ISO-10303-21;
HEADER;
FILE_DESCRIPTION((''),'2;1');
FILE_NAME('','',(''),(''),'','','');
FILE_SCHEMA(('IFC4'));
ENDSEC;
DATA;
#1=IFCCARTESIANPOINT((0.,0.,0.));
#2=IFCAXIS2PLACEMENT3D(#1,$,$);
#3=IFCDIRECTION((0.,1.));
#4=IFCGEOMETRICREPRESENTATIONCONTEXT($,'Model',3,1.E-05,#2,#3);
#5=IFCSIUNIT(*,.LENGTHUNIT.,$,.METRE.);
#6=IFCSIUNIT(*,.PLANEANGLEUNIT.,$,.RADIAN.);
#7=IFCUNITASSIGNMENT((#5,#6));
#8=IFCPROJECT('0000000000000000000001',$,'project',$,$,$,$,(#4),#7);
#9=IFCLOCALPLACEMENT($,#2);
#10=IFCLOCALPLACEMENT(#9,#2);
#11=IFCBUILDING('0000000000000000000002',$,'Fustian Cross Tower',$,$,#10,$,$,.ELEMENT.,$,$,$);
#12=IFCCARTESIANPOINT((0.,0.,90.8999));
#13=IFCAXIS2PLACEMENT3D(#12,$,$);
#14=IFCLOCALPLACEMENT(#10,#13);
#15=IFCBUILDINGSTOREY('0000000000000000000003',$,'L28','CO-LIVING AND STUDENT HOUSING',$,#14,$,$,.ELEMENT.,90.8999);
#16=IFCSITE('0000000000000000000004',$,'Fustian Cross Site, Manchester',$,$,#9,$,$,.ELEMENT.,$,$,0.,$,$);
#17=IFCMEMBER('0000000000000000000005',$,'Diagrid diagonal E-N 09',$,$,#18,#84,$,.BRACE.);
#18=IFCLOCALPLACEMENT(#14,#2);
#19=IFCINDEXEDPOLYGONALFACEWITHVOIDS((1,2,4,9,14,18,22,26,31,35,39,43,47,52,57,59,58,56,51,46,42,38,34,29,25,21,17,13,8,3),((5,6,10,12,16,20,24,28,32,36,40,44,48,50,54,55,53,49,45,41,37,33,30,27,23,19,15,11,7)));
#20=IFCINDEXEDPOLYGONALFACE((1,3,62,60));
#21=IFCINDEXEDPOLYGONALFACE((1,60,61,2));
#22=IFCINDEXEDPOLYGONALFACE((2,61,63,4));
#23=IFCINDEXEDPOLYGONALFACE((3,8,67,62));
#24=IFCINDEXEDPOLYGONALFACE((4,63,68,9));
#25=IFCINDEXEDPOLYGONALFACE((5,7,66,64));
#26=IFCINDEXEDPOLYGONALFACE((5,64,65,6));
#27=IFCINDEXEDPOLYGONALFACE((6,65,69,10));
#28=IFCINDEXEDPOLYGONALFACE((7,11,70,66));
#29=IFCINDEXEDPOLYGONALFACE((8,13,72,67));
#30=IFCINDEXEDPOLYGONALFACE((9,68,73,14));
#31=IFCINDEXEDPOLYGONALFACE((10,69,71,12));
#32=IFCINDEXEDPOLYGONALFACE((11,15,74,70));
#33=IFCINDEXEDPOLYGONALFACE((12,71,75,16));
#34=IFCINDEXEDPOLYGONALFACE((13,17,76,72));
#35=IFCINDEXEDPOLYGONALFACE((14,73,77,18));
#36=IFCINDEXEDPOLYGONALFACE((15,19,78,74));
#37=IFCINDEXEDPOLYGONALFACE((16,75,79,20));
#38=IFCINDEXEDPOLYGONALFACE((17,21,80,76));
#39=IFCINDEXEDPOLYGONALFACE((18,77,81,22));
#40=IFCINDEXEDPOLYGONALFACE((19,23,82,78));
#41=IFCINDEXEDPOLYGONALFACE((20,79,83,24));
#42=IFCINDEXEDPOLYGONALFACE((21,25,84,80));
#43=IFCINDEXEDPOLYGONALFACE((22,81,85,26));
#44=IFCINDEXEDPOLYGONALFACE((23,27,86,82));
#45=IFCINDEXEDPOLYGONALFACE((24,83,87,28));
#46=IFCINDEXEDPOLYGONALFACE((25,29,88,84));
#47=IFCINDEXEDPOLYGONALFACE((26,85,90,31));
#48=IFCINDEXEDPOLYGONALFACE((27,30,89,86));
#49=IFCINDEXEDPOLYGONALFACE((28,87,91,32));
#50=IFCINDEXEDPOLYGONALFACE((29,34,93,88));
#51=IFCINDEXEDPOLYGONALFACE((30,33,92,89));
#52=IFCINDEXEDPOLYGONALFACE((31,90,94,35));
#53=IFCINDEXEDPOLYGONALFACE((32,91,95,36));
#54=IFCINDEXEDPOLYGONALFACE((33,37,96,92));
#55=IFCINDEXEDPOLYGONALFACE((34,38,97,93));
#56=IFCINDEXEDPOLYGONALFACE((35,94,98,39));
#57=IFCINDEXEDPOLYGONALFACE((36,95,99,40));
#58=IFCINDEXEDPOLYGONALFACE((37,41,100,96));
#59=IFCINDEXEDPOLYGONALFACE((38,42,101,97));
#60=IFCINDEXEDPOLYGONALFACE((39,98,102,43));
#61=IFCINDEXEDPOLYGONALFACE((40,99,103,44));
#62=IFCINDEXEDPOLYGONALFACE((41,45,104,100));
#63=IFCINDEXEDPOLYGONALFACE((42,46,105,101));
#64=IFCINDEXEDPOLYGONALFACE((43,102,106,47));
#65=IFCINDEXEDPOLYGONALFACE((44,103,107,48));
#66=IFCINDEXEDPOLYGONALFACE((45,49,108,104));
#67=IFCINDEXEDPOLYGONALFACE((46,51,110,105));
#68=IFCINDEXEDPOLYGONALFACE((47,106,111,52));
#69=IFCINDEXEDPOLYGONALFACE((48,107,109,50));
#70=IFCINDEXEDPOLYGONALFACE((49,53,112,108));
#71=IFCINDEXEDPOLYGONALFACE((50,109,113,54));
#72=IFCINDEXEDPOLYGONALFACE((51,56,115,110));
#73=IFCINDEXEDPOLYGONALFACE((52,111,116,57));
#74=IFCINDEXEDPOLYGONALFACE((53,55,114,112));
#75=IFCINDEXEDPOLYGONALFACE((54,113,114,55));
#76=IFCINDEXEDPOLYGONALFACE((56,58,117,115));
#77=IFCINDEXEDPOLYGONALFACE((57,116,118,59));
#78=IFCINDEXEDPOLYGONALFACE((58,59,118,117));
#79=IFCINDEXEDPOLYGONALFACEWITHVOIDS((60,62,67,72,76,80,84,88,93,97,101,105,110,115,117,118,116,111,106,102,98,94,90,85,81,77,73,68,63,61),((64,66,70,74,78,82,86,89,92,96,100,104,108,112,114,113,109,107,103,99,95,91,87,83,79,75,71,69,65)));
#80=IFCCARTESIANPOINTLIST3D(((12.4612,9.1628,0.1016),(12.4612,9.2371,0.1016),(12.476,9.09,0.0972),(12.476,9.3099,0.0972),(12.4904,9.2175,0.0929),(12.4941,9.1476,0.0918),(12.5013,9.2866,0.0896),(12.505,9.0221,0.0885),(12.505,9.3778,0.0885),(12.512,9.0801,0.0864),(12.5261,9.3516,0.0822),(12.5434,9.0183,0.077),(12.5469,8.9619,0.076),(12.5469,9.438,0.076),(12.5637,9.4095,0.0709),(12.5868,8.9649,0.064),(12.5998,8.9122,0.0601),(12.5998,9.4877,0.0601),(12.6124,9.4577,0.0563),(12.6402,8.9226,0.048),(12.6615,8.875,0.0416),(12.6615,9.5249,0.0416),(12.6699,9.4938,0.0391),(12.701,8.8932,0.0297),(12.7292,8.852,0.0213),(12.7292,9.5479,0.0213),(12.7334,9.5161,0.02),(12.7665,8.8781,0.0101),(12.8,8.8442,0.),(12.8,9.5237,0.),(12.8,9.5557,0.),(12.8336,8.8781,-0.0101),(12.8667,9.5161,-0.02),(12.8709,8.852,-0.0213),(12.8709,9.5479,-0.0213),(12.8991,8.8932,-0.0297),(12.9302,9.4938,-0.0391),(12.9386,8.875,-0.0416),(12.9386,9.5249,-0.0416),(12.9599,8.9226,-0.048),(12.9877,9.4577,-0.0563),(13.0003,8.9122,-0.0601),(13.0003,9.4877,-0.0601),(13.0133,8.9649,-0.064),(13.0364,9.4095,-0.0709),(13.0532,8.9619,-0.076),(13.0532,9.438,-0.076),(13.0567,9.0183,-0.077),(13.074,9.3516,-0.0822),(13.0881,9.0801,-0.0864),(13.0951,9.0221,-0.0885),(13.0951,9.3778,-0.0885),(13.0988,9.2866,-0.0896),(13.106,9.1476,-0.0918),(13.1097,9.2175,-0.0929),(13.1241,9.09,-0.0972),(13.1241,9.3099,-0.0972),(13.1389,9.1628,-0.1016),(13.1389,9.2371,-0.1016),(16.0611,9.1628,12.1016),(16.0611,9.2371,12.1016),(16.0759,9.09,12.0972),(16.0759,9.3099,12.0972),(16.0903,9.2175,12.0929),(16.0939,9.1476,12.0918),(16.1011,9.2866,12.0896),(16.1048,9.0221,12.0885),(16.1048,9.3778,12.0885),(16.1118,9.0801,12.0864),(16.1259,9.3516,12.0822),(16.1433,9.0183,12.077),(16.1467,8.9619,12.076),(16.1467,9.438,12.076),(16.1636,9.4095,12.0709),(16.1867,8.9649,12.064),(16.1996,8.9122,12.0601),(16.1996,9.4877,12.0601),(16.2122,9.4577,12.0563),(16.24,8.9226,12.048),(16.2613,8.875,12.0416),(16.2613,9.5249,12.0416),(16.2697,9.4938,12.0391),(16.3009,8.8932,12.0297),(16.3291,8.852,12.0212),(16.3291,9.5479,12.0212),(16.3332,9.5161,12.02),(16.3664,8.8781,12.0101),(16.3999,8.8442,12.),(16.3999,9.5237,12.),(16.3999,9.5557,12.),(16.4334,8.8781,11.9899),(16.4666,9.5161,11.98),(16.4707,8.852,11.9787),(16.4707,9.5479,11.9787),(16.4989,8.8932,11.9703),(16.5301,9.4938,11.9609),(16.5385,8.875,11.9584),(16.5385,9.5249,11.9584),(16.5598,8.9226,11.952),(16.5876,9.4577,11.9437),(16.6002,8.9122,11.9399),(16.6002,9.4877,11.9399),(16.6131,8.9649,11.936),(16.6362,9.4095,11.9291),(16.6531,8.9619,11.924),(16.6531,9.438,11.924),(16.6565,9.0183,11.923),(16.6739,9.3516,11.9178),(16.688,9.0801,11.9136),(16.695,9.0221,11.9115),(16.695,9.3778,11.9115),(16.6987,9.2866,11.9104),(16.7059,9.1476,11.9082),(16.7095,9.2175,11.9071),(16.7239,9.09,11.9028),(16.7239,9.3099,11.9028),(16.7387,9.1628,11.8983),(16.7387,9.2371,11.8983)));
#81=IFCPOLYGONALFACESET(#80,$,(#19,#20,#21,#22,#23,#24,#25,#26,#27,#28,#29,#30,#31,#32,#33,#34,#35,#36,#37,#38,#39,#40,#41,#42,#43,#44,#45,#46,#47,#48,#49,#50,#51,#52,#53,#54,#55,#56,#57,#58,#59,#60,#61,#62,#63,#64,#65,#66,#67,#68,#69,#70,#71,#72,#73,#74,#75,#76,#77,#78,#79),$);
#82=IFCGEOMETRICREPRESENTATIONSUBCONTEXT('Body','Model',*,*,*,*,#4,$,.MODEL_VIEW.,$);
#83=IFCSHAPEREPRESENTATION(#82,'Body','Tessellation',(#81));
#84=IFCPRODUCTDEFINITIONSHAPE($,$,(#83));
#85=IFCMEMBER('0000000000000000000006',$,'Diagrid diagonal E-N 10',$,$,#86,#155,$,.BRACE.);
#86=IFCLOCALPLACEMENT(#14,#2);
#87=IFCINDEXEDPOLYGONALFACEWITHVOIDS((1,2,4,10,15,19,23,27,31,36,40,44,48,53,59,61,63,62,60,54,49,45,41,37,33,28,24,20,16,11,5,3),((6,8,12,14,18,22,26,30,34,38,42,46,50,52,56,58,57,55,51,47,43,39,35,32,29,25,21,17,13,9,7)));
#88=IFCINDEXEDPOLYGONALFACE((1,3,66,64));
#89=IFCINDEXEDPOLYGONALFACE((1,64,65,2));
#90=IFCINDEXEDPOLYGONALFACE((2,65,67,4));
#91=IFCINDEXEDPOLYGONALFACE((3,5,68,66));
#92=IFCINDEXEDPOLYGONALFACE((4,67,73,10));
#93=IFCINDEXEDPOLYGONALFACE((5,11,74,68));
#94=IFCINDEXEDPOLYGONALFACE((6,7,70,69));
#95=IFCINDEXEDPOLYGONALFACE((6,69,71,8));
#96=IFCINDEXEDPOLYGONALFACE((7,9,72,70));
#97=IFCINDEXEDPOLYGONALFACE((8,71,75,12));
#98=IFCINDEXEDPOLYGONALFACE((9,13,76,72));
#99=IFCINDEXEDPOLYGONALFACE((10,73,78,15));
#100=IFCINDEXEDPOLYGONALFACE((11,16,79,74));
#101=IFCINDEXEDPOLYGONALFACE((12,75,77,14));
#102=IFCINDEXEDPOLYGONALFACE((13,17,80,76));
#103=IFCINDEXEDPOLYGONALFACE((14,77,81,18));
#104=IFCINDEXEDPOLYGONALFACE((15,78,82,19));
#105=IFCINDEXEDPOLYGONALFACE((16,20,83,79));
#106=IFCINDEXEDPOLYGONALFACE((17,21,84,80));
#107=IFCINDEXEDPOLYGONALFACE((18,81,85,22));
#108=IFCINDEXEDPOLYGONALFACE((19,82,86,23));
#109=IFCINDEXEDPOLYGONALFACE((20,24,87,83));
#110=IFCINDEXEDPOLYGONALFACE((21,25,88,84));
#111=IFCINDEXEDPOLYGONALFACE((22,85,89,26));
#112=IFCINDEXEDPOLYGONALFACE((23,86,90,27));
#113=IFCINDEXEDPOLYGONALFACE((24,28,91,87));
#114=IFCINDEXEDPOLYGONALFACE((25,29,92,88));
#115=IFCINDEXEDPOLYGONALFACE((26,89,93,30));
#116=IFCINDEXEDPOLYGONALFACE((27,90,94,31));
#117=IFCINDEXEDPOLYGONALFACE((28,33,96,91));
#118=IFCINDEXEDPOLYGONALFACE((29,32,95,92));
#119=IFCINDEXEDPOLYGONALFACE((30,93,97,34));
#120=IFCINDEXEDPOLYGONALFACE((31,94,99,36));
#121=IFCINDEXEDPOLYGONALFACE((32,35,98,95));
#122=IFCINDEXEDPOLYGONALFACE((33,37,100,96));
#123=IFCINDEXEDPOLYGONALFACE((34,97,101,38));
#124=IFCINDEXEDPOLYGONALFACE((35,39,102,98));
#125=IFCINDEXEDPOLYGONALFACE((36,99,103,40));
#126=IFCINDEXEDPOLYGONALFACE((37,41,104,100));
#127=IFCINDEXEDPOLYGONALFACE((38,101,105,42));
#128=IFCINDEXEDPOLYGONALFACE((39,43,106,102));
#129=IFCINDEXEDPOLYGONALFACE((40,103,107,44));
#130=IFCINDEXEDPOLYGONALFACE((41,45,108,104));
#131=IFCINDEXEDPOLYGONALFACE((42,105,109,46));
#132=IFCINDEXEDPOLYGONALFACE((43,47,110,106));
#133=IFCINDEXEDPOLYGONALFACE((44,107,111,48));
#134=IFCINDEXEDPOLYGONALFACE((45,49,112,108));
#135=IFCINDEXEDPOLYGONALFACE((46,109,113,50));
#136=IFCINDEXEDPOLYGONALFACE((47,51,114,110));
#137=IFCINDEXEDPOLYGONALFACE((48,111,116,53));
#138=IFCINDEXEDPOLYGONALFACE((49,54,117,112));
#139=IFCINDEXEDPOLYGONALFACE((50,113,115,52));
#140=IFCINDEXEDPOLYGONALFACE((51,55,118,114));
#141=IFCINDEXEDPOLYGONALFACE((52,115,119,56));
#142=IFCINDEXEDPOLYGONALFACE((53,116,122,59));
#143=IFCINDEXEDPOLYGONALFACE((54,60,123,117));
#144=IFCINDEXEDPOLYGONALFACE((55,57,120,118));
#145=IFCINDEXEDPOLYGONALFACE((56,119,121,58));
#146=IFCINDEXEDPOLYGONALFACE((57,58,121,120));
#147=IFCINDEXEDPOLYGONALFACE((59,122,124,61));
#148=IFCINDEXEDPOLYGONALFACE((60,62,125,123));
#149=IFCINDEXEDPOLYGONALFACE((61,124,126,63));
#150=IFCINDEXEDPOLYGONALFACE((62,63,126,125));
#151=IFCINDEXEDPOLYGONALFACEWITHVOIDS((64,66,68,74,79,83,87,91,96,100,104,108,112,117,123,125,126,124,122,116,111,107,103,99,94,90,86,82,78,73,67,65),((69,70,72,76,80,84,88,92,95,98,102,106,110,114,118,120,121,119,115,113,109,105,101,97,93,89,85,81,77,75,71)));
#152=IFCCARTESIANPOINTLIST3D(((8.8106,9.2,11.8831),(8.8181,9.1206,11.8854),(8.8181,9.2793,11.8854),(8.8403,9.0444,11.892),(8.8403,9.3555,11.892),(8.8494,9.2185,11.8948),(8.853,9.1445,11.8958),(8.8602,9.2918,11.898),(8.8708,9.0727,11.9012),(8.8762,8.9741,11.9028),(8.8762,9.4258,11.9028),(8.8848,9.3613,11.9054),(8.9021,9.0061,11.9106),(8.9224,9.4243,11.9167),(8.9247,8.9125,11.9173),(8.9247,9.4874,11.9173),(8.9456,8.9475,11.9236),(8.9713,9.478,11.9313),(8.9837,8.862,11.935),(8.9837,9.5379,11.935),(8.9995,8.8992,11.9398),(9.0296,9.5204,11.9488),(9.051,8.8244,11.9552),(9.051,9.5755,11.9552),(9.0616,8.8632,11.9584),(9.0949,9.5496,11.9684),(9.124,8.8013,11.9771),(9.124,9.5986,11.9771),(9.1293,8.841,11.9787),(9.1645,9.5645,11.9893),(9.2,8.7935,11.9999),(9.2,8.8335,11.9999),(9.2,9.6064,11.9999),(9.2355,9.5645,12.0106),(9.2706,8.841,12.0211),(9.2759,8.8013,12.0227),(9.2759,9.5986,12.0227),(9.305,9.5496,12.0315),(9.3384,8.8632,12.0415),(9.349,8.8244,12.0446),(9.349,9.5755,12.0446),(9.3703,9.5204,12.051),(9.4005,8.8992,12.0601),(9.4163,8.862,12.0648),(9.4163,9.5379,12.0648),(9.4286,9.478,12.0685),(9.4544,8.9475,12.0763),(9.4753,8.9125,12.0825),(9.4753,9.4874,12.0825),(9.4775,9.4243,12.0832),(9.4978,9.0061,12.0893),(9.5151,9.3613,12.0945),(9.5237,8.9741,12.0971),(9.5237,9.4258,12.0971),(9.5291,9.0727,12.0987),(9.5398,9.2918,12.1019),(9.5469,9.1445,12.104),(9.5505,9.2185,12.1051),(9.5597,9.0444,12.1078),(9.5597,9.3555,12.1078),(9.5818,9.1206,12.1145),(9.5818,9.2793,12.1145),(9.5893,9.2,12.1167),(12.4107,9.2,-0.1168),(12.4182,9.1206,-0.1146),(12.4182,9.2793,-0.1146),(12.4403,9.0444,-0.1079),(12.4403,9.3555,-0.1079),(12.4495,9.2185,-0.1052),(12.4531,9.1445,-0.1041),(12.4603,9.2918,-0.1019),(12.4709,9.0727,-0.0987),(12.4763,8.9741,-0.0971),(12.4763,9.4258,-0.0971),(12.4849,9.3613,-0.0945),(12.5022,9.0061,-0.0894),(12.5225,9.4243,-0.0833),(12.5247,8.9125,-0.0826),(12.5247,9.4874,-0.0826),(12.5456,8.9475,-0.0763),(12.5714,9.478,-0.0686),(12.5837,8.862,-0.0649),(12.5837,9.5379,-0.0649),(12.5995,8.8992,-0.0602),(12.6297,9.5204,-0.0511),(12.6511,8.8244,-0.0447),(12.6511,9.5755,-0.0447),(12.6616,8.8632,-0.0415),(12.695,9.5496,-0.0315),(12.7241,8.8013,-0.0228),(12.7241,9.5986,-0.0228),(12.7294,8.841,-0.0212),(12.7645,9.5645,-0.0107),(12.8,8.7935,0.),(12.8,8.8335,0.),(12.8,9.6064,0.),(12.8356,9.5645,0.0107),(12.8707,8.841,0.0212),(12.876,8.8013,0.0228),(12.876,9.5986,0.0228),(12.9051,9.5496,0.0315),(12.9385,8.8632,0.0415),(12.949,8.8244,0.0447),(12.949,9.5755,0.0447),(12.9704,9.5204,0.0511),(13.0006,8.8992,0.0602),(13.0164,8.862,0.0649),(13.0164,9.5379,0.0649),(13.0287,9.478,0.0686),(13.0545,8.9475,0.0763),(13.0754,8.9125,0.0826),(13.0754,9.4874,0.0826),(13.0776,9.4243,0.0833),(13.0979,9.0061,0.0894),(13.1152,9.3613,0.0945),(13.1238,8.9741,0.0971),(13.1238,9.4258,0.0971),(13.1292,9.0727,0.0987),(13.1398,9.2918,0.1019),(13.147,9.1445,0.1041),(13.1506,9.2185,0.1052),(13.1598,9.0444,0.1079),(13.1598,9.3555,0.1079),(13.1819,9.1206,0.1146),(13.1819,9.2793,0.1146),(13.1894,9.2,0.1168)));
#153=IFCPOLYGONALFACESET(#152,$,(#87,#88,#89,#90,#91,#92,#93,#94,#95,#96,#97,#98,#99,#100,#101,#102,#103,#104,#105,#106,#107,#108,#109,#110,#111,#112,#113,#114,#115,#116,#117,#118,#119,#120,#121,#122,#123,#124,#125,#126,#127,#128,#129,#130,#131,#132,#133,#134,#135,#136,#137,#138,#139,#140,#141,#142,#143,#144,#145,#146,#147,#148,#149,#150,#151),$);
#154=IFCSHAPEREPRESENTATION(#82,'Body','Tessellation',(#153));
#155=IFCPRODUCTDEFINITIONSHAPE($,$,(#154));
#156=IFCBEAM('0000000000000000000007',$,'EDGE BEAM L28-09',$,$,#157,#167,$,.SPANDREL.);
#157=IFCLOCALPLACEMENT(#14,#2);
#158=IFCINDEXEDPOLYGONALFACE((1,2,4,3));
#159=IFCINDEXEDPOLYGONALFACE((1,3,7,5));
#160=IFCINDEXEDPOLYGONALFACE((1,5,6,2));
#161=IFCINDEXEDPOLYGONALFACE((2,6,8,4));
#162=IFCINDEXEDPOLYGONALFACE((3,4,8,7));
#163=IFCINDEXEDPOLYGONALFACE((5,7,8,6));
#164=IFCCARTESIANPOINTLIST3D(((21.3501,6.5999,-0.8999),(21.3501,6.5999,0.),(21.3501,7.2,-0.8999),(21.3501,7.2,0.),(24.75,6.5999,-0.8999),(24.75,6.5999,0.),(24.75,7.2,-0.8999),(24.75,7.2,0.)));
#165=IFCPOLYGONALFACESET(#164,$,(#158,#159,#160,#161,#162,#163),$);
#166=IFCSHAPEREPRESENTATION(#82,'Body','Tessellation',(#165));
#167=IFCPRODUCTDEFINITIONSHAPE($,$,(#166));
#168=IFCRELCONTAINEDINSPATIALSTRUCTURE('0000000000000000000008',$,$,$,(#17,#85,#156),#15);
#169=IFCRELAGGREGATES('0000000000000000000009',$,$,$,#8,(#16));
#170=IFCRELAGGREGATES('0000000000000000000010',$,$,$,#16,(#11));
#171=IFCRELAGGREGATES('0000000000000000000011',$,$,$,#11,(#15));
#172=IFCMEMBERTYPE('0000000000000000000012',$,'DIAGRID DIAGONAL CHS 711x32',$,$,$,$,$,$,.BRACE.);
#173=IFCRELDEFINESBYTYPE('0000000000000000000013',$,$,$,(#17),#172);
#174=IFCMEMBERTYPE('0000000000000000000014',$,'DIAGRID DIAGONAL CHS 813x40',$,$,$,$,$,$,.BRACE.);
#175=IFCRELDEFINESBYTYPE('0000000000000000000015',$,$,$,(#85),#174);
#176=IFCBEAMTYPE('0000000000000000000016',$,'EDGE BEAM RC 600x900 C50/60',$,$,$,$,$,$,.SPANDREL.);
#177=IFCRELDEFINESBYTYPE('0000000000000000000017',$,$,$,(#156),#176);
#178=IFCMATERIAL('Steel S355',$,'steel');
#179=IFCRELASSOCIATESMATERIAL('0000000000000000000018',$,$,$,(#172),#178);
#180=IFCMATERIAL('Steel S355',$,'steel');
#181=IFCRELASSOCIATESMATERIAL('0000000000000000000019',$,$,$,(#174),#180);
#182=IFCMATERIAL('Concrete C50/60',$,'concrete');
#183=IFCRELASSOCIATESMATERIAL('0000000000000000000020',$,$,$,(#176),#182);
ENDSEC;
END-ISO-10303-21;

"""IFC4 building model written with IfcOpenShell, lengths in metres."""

from ifc_helpers import new_model, si_unit, direction, frame, origin, origin_2d, place, context, subcontext, project, spatial, rectangle, hollow_circle, extrude, material, material_profile, profile_set, type_object, element, save


model = new_model("IFC4")

# Units and contexts
model_context = context("Model", 3, precision=1e-05, world=origin(), true_north=direction((0.0, 1.0)))
body_context = subcontext(model_context, "Body", "Model", "MODEL_VIEW")
ifc_project = project(units=[si_unit("LENGTHUNIT", "METRE"), si_unit("PLANEANGLEUNIT", "RADIAN")], contexts=[model_context])

# Site, building, storey
site_placement = place(None, origin())
site = spatial("IfcSite", under=ifc_project, at=site_placement, Name="Fustian Cross Site, Manchester", CompositionType="ELEMENT", RefElevation=0.0)
building_placement = place(site_placement, origin())
building = spatial("IfcBuilding", under=site, at=building_placement, Name="Fustian Cross Tower", CompositionType="ELEMENT")
storey_placement = place(building_placement, frame((0.0, 0.0, 90.8999)))
storey = spatial("IfcBuildingStorey", under=building, at=storey_placement, Name="L28", Description="CO-LIVING AND STUDENT HOUSING", CompositionType="ELEMENT", Elevation=90.8999)

# Members
ifc_material_1 = material(Name="Steel S355", Category="steel")
ifc_material_profile_1 = material_profile(ifc_material_1, hollow_circle(Radius=0.3557, WallThickness=0.032, at=origin_2d()), Name="CHS 711x32")
ifc_profile_set_1 = profile_set([ifc_material_profile_1], Name="Steel S355")
member_type_1 = type_object("IfcMemberType", Name="DIAGRID DIAGONAL CHS 711x32", PredefinedType="BRACE", material=ifc_profile_set_1)
for number, where, z_axis, x_axis, name in (
    (1, (12.8, 9.2, 0.0), (0.287337, 0.0, 0.95783), (0.0, 1.0, 0.0), "Diagrid diagonal E-N 09"),
):
    element("IfcMember", number, at=place(storey_placement, frame(where, z_axis=z_axis, x_axis=x_axis)), inside=storey, type_object=member_type_1, Name=name, PredefinedType="BRACE", context=body_context, shape_type="SweptSolid", body=[
        extrude(hollow_circle(Radius=0.3557, WallThickness=0.032, at=origin_2d()), origin(), (0.0, 0.0, 1.0), 12.5283),
    ])
ifc_material_2 = material(Name="Steel S355", Category="steel")
ifc_material_profile_2 = material_profile(ifc_material_2, hollow_circle(Radius=0.4065, WallThickness=0.04, at=origin_2d()), Name="CHS 813x40")
ifc_profile_set_2 = profile_set([ifc_material_profile_2], Name="Steel S355")
member_type_2 = type_object("IfcMemberType", Name="DIAGRID DIAGONAL CHS 813x40", PredefinedType="BRACE", material=ifc_profile_set_2)
member_placement = place(storey_placement, frame((12.8, 9.2, 0.0), z_axis=(-0.287355, 0.0, 0.957824), x_axis=(0.0, -1.0, 0.0)))
element("IfcMember", 2, at=member_placement, inside=storey, type_object=member_type_2, Name="Diagrid diagonal E-N 10", PredefinedType="BRACE", context=body_context, shape_type="SweptSolid", body=[
    extrude(hollow_circle(Radius=0.4065, WallThickness=0.04, at=origin_2d()), origin(), (0.0, 0.0, 1.0), 12.5283),
])

# Beam
ifc_material_3 = material(Name="Concrete C50/60", Category="concrete")
ifc_material_profile_3 = material_profile(ifc_material_3, rectangle(XDim=0.6001, YDim=0.8999, at=origin_2d()), Name="RC 600x900")
ifc_profile_set_3 = profile_set([ifc_material_profile_3], Name="Concrete C50/60")
beam_type = type_object("IfcBeamType", Name="EDGE BEAM RC 600x900 C50/60", PredefinedType="SPANDREL", material=ifc_profile_set_3)
beam_placement = place(storey_placement, frame((24.75, 6.8999, -0.45), z_axis=(-1.0, 0.0, 0.0), x_axis=(0.0, -1.0, 0.0)))
element("IfcBeam", 3, at=beam_placement, inside=storey, type_object=beam_type, Name="EDGE BEAM L28-09", PredefinedType="SPANDREL", context=body_context, shape_type="SweptSolid", body=[
    extrude(rectangle(XDim=0.6001, YDim=0.8999, at=origin_2d()), origin(), (0.0, 0.0, 1.0), 3.3999),
])

save(model, "model.ifc")
